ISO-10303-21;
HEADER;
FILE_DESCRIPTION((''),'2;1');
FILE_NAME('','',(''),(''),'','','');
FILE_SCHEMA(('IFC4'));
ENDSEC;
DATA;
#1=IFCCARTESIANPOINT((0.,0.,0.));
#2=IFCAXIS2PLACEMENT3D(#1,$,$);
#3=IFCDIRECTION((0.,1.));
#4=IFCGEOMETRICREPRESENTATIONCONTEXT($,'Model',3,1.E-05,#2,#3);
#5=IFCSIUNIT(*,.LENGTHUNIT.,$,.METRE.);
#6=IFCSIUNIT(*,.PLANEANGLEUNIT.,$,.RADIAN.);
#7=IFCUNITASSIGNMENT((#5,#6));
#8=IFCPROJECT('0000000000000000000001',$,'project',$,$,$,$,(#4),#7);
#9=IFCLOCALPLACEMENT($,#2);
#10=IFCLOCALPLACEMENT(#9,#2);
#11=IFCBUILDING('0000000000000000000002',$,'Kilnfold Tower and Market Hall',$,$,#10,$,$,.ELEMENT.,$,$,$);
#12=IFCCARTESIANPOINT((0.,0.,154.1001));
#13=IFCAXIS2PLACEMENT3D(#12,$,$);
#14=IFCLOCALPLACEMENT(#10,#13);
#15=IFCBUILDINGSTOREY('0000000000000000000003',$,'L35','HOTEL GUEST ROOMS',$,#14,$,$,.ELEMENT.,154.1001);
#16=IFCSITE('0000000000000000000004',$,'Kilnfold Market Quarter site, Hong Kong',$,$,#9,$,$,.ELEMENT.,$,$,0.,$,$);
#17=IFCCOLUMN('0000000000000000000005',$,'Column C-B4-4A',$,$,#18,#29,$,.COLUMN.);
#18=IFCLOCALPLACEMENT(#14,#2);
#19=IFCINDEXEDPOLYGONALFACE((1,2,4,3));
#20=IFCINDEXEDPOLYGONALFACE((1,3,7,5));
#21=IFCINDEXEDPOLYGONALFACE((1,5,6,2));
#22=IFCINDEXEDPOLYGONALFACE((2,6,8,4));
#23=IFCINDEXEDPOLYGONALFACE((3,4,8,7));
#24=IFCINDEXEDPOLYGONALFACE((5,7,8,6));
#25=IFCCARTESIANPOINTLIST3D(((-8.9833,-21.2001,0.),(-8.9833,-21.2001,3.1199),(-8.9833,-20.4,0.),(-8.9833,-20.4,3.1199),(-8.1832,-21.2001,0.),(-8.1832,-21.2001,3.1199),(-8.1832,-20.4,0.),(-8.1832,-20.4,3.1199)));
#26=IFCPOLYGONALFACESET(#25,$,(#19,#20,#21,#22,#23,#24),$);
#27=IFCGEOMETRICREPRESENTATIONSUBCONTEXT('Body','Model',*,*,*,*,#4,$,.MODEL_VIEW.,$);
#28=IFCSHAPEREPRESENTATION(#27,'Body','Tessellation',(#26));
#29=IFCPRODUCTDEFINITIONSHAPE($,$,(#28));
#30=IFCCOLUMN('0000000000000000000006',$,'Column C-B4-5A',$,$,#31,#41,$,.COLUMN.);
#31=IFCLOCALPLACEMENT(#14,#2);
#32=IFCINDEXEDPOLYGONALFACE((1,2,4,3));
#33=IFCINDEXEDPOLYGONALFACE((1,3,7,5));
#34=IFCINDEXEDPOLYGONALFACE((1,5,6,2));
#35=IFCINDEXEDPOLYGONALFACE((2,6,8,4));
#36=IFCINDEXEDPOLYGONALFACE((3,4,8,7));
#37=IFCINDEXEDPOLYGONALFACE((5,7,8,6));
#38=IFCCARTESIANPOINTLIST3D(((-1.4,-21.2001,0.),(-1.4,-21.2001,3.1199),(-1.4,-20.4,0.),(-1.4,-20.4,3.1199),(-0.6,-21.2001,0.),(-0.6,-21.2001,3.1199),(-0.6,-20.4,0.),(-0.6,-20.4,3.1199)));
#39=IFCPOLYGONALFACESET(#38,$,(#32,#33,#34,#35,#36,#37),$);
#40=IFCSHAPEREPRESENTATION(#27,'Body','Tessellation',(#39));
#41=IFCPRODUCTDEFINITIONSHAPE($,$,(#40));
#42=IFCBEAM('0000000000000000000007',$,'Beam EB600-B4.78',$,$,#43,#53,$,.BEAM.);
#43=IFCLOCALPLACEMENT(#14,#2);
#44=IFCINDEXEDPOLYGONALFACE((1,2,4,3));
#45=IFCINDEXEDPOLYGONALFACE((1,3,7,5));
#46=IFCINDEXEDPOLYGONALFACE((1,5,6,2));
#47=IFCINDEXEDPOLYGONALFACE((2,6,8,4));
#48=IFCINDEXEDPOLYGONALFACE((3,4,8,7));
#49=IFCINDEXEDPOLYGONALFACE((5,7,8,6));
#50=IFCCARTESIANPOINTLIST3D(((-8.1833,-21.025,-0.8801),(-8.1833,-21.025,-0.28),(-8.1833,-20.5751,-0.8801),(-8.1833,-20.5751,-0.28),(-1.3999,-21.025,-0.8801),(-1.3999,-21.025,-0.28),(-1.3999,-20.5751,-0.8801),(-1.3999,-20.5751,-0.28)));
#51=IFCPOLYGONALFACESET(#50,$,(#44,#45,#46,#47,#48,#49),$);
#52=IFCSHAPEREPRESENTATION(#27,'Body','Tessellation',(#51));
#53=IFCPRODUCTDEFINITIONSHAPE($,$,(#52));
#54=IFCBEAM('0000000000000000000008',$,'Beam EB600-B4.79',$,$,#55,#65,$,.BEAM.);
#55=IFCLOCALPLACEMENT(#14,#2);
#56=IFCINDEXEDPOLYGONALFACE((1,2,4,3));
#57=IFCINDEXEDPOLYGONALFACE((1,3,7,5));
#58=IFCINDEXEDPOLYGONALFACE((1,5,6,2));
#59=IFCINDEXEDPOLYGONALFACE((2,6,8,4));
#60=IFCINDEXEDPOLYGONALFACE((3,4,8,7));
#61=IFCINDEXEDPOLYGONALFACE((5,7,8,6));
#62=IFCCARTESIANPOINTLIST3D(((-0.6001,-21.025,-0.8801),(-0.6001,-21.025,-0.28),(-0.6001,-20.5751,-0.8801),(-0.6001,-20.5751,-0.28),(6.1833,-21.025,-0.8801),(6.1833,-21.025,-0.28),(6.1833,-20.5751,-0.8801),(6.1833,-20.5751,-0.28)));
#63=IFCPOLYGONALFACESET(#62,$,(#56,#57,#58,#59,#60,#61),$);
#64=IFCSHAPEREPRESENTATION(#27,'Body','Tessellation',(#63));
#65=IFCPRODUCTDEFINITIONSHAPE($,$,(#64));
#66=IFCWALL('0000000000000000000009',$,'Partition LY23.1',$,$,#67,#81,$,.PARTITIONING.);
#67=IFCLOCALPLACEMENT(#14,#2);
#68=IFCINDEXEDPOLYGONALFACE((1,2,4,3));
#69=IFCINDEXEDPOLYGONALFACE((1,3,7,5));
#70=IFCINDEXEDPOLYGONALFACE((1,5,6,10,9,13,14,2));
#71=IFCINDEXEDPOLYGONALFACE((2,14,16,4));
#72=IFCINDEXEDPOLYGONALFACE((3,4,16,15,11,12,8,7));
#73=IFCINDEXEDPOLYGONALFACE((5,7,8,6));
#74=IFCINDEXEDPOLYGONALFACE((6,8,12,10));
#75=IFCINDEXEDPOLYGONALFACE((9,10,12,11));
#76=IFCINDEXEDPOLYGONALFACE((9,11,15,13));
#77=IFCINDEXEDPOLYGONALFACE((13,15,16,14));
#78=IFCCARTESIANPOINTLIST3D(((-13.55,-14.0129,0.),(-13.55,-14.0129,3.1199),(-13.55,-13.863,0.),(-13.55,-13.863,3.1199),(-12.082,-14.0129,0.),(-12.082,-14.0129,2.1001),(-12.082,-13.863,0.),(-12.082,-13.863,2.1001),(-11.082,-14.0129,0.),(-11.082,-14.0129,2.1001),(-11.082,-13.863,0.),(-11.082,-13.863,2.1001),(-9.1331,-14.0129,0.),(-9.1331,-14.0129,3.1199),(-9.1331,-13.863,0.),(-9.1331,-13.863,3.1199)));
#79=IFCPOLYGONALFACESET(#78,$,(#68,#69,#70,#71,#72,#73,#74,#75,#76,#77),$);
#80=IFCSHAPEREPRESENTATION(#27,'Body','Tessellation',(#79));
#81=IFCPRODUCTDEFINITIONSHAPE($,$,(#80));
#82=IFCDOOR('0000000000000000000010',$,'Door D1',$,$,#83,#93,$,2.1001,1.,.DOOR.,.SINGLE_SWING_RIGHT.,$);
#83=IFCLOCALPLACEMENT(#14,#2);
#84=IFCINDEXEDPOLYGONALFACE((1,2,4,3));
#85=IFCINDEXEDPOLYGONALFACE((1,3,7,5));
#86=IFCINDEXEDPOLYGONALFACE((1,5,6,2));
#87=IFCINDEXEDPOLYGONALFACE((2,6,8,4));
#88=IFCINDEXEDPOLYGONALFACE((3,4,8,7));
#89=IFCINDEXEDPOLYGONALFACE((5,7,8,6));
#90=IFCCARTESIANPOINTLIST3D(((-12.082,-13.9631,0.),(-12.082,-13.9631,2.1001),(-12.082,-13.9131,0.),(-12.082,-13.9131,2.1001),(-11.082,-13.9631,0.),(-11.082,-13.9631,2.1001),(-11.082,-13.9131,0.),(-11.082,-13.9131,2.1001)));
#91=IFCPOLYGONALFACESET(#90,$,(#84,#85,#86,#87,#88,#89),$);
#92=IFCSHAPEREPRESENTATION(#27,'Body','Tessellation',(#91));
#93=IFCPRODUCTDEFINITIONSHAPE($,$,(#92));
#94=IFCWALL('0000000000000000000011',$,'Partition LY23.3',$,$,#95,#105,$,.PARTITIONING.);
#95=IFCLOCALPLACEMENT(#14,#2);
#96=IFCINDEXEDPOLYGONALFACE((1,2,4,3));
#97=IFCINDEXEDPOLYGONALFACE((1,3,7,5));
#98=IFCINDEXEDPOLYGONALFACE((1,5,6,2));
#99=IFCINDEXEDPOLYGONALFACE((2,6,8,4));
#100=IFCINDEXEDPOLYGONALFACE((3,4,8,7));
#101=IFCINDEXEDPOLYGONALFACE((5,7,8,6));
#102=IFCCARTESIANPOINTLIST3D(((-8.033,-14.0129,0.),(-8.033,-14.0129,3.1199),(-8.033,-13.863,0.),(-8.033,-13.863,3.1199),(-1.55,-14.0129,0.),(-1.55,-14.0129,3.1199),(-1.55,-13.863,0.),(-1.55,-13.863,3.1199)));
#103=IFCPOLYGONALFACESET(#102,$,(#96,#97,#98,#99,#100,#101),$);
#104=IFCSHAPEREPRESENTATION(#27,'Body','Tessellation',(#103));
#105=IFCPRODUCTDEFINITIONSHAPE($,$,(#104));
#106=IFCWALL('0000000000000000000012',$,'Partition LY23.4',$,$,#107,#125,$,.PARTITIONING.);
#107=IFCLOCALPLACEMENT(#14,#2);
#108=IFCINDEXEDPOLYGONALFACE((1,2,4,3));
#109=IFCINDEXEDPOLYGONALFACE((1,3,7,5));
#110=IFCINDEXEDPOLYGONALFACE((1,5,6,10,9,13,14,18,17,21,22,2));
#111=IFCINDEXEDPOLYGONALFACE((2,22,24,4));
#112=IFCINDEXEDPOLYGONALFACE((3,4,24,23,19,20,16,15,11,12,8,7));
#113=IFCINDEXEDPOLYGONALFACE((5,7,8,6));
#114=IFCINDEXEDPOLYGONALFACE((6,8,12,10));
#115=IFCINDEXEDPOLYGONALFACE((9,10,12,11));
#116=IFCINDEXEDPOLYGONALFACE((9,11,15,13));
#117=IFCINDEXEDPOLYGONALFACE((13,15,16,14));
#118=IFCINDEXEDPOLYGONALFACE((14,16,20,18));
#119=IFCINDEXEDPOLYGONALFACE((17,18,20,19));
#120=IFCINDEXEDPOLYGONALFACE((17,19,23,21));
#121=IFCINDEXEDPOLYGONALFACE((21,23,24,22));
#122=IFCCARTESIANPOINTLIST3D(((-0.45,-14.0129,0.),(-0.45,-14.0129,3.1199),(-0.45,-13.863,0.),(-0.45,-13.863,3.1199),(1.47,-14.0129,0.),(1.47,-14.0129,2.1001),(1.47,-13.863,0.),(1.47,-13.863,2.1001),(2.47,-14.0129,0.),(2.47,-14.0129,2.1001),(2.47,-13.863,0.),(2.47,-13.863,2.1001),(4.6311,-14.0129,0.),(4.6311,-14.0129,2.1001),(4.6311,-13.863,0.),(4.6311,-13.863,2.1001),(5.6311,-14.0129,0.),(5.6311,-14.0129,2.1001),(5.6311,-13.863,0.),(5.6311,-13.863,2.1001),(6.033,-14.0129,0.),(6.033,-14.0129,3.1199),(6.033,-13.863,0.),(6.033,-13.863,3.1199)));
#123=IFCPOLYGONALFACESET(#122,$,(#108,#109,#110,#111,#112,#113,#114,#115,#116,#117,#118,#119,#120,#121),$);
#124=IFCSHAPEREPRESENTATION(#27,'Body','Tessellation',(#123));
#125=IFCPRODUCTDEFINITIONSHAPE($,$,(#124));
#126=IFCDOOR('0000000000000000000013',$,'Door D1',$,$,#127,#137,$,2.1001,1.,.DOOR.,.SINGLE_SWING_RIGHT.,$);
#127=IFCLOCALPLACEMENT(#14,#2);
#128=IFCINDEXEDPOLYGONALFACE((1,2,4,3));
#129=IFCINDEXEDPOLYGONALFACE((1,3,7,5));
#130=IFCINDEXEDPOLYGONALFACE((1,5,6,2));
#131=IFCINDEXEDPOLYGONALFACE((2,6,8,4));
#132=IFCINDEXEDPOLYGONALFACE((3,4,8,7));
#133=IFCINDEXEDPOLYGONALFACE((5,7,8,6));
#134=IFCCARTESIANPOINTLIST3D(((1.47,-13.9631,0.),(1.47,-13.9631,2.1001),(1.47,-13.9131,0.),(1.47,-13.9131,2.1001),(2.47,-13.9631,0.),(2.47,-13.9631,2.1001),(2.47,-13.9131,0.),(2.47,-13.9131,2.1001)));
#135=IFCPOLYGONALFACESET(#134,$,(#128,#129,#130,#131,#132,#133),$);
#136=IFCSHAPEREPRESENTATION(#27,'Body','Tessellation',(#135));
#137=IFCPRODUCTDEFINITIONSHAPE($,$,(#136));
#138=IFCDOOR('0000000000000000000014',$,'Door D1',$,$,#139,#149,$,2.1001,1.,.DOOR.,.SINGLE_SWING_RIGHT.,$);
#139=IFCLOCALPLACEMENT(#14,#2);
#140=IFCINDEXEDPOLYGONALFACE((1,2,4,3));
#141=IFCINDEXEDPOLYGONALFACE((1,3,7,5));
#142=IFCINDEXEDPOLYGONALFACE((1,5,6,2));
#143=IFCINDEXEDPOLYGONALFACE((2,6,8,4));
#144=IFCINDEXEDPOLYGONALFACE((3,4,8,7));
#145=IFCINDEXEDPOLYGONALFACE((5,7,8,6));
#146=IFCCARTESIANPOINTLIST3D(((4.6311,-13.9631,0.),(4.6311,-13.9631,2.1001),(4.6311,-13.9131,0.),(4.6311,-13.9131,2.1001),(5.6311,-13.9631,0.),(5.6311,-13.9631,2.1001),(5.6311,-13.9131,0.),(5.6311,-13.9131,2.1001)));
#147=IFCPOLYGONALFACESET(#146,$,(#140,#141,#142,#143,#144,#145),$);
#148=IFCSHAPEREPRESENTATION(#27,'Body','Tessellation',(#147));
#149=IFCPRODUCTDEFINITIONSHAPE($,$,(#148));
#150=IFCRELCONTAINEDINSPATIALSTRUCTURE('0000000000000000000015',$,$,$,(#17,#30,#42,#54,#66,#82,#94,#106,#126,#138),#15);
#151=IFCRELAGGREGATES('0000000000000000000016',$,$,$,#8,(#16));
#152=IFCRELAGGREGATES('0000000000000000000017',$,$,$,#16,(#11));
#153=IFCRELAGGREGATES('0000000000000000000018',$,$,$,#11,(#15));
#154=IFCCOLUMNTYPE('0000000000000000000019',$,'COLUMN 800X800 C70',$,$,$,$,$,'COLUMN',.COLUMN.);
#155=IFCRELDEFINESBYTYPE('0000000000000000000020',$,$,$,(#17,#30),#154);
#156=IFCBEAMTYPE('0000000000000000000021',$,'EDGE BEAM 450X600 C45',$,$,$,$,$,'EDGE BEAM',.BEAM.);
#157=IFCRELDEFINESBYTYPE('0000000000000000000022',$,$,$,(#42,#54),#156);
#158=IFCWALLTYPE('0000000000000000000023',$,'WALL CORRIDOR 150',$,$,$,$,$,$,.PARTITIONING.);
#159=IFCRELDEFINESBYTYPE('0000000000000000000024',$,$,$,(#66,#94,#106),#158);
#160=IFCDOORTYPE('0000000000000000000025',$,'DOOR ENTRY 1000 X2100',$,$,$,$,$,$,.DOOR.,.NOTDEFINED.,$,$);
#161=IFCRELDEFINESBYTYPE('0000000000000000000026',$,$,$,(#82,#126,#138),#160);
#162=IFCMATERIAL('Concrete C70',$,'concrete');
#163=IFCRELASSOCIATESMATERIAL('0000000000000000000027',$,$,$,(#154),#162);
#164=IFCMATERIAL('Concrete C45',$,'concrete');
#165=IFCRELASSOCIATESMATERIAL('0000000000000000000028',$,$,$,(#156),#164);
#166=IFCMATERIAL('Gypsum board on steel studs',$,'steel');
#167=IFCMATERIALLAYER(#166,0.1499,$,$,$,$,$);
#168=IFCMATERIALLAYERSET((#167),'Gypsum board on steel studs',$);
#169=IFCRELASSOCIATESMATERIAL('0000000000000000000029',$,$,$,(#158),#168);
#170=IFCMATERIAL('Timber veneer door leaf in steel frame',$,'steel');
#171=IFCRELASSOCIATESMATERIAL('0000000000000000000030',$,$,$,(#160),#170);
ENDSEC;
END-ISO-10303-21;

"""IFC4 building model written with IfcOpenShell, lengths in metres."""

from ifc_helpers import new_model, si_unit, direction, frame, frame_2d, origin, origin_2d, place, context, subcontext, project, spatial, rectangle, extrude, source, transform, mapped, material, layer, layer_set, material_profile, profile_set, type_object, element, fill, save


model = new_model("IFC4")

# Units and contexts
model_context = context("Model", 3, precision=1e-05, world=origin(), true_north=direction((0.0, 1.0)))
body_context = subcontext(model_context, "Body", "Model", "MODEL_VIEW")
ifc_project = project(units=[si_unit("LENGTHUNIT", "METRE"), si_unit("PLANEANGLEUNIT", "RADIAN")], contexts=[model_context])

# Site, building, storey
site_placement = place(None, origin())
site = spatial("IfcSite", under=ifc_project, at=site_placement, Name="Kilnfold Market Quarter site, Hong Kong", CompositionType="ELEMENT", RefElevation=0.0)
building_placement = place(site_placement, origin())
building = spatial("IfcBuilding", under=site, at=building_placement, Name="Kilnfold Tower and Market Hall", CompositionType="ELEMENT")
storey_placement = place(building_placement, frame((0.0, 0.0, 154.1001)))
storey = spatial("IfcBuildingStorey", under=building, at=storey_placement, Name="L35", Description="HOTEL GUEST ROOMS", CompositionType="ELEMENT", Elevation=154.1001)

# Columns
ifc_material_1 = material(Name="Concrete C70", Category="concrete")
ifc_material_profile_1 = material_profile(ifc_material_1, rectangle(XDim=0.8, YDim=0.8, at=origin_2d()), Name="RC 800x800")
ifc_profile_set_1 = profile_set([ifc_material_profile_1], Name="Concrete C70")
column_type = type_object("IfcColumnType", Name="COLUMN 800X800 C70", ElementType="COLUMN", PredefinedType="COLUMN", material=ifc_profile_set_1)
shared_shape_1 = source(origin(), body_context, "Body", "SweptSolid", [
    extrude(rectangle(XDim=0.8, YDim=0.8, at=origin_2d()), origin(), (0.0, 0.0, 1.0), 3.1199),
])
for number, where, z_axis, x_axis, name in (
    (1, (-8.5833, -20.8, 0.0), (0.0, 0.0, 1.0), (1.0, 0.0, 0.0), "Column C-B4-4A"),
    (2, (-1.0, -20.8, 0.0), (0.0, 0.0, 1.0), (1.0, 0.0, 0.0), "Column C-B4-5A"),
):
    element("IfcColumn", number, at=place(storey_placement, frame(where, z_axis=z_axis, x_axis=x_axis)), inside=storey, type_object=column_type, Name=name, PredefinedType="COLUMN", context=body_context, shape_type="MappedRepresentation", body=[
        mapped(shared_shape_1, transform((0.0, 0.0, 0.0))),
    ])

# Beams
ifc_material_2 = material(Name="Concrete C45", Category="concrete")
ifc_material_profile_2 = material_profile(ifc_material_2, rectangle(XDim=0.45, YDim=0.6001, at=origin_2d()), Name="RC 450x600")
ifc_profile_set_2 = profile_set([ifc_material_profile_2], Name="Concrete C45")
beam_type = type_object("IfcBeamType", Name="EDGE BEAM 450X600 C45", ElementType="EDGE BEAM", PredefinedType="BEAM", material=ifc_profile_set_2)
shared_shape_2 = source(origin(), body_context, "Body", "SweptSolid", [
    extrude(rectangle(XDim=0.45, YDim=0.6001, at=origin_2d()), origin(), (0.0, 0.0, 1.0), 6.7834),
])
for number, where, z_axis, x_axis, name in (
    (3, (-8.1833, -20.8, -0.5801), (1.0, 0.0, 0.0), (0.0, 1.0, 0.0), "Beam EB600-B4.78"),
    (4, (-0.6001, -20.8, -0.5801), (1.0, 0.0, 0.0), (0.0, 1.0, 0.0), "Beam EB600-B4.79"),
):
    element("IfcBeam", number, at=place(storey_placement, frame(where, z_axis=z_axis, x_axis=x_axis)), inside=storey, type_object=beam_type, Name=name, PredefinedType="BEAM", context=body_context, shape_type="MappedRepresentation", body=[
        mapped(shared_shape_2, transform((0.0, 0.0, 0.0))),
    ])

# Wall, opening, door
ifc_material_3 = material(Name="Gypsum board on steel studs", Category="steel")
ifc_layer_1 = layer(ifc_material_3, 0.1499)
ifc_layer_set_1 = layer_set([ifc_layer_1], Name="Gypsum board on steel studs")
wall_type_1 = type_object("IfcWallType", Name="WALL CORRIDOR 150", PredefinedType="PARTITIONING", material=ifc_layer_set_1)
wall_1_placement = place(storey_placement, frame((-13.55, -13.938, 0.0), z_axis=(0.0, 0.0, 1.0), x_axis=(1.0, 0.0, 0.0)))
wall_1 = element("IfcWall", 5, at=wall_1_placement, inside=storey, type_object=wall_type_1, Name="Partition LY23.1", PredefinedType="PARTITIONING", context=body_context, shape_type="SweptSolid", body=[
    extrude(rectangle(XDim=4.417, YDim=0.1499, at=frame_2d((2.2085, 0.0))), origin(), (0.0, 0.0, 1.0), 3.1199),
])
opening_1_placement = place(wall_1_placement, frame((1.468, 0.0, 0.0)))
opening_1 = element("IfcOpeningElement", 6, at=opening_1_placement, cuts=wall_1, PredefinedType="OPENING", context=body_context, shape_type="SweptSolid", body=[
    extrude(rectangle(XDim=1.0, YDim=2.1001, at=frame_2d((0.5, 1.05))), frame((0.0, 0.085, 0.0), z_axis=(0.0, -1.0, 0.0), x_axis=(1.0, 0.0, 0.0)), (0.0, 0.0, 1.0), 0.1699),
])
ifc_material_4 = material(Name="Timber veneer door leaf in steel frame", Category="steel")
door_type_1 = type_object("IfcDoorType", Name="DOOR ENTRY 1000 X2100", OperationType="NOTDEFINED", PredefinedType="DOOR", material=ifc_material_4)
door_1_placement = place(opening_1_placement, origin())
door_1 = element("IfcDoor", 7, at=door_1_placement, inside=storey, type_object=door_type_1, Name="Door D1", OperationType="SINGLE_SWING_RIGHT", OverallHeight=2.1001, OverallWidth=1.0, PredefinedType="DOOR", context=body_context, shape_type="SweptSolid", body=[
    extrude(rectangle(XDim=1.0, YDim=2.1001, at=frame_2d((0.5, 1.05))), frame((0.0, 0.0249, 0.0), z_axis=(0.0, -1.0, 0.0), x_axis=(1.0, 0.0, 0.0)), (0.0, 0.0, 1.0), 0.05),
])
fill(opening_1, door_1)

# Wall
wall_2_placement = place(storey_placement, frame((-8.033, -13.938, 0.0), z_axis=(0.0, 0.0, 1.0), x_axis=(1.0, 0.0, 0.0)))
element("IfcWall", 8, at=wall_2_placement, inside=storey, type_object=wall_type_1, Name="Partition LY23.3", PredefinedType="PARTITIONING", context=body_context, shape_type="SweptSolid", body=[
    extrude(rectangle(XDim=6.4829, YDim=0.1499, at=frame_2d((3.2415, 0.0))), origin(), (0.0, 0.0, 1.0), 3.1199),
])

# Wall, openings, doors
wall_3_placement = place(storey_placement, frame((-0.45, -13.938, 0.0), z_axis=(0.0, 0.0, 1.0), x_axis=(1.0, 0.0, 0.0)))
wall_3 = element("IfcWall", 9, at=wall_3_placement, inside=storey, type_object=wall_type_1, Name="Partition LY23.4", PredefinedType="PARTITIONING", context=body_context, shape_type="SweptSolid", body=[
    extrude(rectangle(XDim=6.4829, YDim=0.1499, at=frame_2d((3.2415, 0.0))), origin(), (0.0, 0.0, 1.0), 3.1199),
])
opening_2_placement = place(wall_3_placement, frame((1.9199, 0.0, 0.0)))
opening_2 = element("IfcOpeningElement", 10, at=opening_2_placement, cuts=wall_3, PredefinedType="OPENING", context=body_context, shape_type="SweptSolid", body=[
    extrude(rectangle(XDim=1.0, YDim=2.1001, at=frame_2d((0.5, 1.05))), frame((0.0, 0.085, 0.0), z_axis=(0.0, -1.0, 0.0), x_axis=(1.0, 0.0, 0.0)), (0.0, 0.0, 1.0), 0.1699),
])
opening_3_placement = place(wall_3_placement, frame((5.0811, 0.0, 0.0)))
opening_3 = element("IfcOpeningElement", 11, at=opening_3_placement, cuts=wall_3, PredefinedType="OPENING", context=body_context, shape_type="SweptSolid", body=[
    extrude(rectangle(XDim=1.0, YDim=2.1001, at=frame_2d((0.5, 1.05))), frame((0.0, 0.085, 0.0), z_axis=(0.0, -1.0, 0.0), x_axis=(1.0, 0.0, 0.0)), (0.0, 0.0, 1.0), 0.1699),
])
door_2_placement = place(opening_2_placement, origin())
door_2 = element("IfcDoor", 12, at=door_2_placement, inside=storey, type_object=door_type_1, Name="Door D1", OperationType="SINGLE_SWING_RIGHT", OverallHeight=2.1001, OverallWidth=1.0, PredefinedType="DOOR", context=body_context, shape_type="SweptSolid", body=[
    extrude(rectangle(XDim=1.0, YDim=2.1001, at=frame_2d((0.5, 1.05))), frame((0.0, 0.0249, 0.0), z_axis=(0.0, -1.0, 0.0), x_axis=(1.0, 0.0, 0.0)), (0.0, 0.0, 1.0), 0.05),
])
fill(opening_2, door_2)
door_3_placement = place(opening_3_placement, origin())
door_3 = element("IfcDoor", 13, at=door_3_placement, inside=storey, type_object=door_type_1, Name="Door D1", OperationType="SINGLE_SWING_RIGHT", OverallHeight=2.1001, OverallWidth=1.0, PredefinedType="DOOR", context=body_context, shape_type="SweptSolid", body=[
    extrude(rectangle(XDim=1.0, YDim=2.1001, at=frame_2d((0.5, 1.05))), frame((0.0, 0.0249, 0.0), z_axis=(0.0, -1.0, 0.0), x_axis=(1.0, 0.0, 0.0)), (0.0, 0.0, 1.0), 0.05),
])
fill(opening_3, door_3)

save(model, "model.ifc")
